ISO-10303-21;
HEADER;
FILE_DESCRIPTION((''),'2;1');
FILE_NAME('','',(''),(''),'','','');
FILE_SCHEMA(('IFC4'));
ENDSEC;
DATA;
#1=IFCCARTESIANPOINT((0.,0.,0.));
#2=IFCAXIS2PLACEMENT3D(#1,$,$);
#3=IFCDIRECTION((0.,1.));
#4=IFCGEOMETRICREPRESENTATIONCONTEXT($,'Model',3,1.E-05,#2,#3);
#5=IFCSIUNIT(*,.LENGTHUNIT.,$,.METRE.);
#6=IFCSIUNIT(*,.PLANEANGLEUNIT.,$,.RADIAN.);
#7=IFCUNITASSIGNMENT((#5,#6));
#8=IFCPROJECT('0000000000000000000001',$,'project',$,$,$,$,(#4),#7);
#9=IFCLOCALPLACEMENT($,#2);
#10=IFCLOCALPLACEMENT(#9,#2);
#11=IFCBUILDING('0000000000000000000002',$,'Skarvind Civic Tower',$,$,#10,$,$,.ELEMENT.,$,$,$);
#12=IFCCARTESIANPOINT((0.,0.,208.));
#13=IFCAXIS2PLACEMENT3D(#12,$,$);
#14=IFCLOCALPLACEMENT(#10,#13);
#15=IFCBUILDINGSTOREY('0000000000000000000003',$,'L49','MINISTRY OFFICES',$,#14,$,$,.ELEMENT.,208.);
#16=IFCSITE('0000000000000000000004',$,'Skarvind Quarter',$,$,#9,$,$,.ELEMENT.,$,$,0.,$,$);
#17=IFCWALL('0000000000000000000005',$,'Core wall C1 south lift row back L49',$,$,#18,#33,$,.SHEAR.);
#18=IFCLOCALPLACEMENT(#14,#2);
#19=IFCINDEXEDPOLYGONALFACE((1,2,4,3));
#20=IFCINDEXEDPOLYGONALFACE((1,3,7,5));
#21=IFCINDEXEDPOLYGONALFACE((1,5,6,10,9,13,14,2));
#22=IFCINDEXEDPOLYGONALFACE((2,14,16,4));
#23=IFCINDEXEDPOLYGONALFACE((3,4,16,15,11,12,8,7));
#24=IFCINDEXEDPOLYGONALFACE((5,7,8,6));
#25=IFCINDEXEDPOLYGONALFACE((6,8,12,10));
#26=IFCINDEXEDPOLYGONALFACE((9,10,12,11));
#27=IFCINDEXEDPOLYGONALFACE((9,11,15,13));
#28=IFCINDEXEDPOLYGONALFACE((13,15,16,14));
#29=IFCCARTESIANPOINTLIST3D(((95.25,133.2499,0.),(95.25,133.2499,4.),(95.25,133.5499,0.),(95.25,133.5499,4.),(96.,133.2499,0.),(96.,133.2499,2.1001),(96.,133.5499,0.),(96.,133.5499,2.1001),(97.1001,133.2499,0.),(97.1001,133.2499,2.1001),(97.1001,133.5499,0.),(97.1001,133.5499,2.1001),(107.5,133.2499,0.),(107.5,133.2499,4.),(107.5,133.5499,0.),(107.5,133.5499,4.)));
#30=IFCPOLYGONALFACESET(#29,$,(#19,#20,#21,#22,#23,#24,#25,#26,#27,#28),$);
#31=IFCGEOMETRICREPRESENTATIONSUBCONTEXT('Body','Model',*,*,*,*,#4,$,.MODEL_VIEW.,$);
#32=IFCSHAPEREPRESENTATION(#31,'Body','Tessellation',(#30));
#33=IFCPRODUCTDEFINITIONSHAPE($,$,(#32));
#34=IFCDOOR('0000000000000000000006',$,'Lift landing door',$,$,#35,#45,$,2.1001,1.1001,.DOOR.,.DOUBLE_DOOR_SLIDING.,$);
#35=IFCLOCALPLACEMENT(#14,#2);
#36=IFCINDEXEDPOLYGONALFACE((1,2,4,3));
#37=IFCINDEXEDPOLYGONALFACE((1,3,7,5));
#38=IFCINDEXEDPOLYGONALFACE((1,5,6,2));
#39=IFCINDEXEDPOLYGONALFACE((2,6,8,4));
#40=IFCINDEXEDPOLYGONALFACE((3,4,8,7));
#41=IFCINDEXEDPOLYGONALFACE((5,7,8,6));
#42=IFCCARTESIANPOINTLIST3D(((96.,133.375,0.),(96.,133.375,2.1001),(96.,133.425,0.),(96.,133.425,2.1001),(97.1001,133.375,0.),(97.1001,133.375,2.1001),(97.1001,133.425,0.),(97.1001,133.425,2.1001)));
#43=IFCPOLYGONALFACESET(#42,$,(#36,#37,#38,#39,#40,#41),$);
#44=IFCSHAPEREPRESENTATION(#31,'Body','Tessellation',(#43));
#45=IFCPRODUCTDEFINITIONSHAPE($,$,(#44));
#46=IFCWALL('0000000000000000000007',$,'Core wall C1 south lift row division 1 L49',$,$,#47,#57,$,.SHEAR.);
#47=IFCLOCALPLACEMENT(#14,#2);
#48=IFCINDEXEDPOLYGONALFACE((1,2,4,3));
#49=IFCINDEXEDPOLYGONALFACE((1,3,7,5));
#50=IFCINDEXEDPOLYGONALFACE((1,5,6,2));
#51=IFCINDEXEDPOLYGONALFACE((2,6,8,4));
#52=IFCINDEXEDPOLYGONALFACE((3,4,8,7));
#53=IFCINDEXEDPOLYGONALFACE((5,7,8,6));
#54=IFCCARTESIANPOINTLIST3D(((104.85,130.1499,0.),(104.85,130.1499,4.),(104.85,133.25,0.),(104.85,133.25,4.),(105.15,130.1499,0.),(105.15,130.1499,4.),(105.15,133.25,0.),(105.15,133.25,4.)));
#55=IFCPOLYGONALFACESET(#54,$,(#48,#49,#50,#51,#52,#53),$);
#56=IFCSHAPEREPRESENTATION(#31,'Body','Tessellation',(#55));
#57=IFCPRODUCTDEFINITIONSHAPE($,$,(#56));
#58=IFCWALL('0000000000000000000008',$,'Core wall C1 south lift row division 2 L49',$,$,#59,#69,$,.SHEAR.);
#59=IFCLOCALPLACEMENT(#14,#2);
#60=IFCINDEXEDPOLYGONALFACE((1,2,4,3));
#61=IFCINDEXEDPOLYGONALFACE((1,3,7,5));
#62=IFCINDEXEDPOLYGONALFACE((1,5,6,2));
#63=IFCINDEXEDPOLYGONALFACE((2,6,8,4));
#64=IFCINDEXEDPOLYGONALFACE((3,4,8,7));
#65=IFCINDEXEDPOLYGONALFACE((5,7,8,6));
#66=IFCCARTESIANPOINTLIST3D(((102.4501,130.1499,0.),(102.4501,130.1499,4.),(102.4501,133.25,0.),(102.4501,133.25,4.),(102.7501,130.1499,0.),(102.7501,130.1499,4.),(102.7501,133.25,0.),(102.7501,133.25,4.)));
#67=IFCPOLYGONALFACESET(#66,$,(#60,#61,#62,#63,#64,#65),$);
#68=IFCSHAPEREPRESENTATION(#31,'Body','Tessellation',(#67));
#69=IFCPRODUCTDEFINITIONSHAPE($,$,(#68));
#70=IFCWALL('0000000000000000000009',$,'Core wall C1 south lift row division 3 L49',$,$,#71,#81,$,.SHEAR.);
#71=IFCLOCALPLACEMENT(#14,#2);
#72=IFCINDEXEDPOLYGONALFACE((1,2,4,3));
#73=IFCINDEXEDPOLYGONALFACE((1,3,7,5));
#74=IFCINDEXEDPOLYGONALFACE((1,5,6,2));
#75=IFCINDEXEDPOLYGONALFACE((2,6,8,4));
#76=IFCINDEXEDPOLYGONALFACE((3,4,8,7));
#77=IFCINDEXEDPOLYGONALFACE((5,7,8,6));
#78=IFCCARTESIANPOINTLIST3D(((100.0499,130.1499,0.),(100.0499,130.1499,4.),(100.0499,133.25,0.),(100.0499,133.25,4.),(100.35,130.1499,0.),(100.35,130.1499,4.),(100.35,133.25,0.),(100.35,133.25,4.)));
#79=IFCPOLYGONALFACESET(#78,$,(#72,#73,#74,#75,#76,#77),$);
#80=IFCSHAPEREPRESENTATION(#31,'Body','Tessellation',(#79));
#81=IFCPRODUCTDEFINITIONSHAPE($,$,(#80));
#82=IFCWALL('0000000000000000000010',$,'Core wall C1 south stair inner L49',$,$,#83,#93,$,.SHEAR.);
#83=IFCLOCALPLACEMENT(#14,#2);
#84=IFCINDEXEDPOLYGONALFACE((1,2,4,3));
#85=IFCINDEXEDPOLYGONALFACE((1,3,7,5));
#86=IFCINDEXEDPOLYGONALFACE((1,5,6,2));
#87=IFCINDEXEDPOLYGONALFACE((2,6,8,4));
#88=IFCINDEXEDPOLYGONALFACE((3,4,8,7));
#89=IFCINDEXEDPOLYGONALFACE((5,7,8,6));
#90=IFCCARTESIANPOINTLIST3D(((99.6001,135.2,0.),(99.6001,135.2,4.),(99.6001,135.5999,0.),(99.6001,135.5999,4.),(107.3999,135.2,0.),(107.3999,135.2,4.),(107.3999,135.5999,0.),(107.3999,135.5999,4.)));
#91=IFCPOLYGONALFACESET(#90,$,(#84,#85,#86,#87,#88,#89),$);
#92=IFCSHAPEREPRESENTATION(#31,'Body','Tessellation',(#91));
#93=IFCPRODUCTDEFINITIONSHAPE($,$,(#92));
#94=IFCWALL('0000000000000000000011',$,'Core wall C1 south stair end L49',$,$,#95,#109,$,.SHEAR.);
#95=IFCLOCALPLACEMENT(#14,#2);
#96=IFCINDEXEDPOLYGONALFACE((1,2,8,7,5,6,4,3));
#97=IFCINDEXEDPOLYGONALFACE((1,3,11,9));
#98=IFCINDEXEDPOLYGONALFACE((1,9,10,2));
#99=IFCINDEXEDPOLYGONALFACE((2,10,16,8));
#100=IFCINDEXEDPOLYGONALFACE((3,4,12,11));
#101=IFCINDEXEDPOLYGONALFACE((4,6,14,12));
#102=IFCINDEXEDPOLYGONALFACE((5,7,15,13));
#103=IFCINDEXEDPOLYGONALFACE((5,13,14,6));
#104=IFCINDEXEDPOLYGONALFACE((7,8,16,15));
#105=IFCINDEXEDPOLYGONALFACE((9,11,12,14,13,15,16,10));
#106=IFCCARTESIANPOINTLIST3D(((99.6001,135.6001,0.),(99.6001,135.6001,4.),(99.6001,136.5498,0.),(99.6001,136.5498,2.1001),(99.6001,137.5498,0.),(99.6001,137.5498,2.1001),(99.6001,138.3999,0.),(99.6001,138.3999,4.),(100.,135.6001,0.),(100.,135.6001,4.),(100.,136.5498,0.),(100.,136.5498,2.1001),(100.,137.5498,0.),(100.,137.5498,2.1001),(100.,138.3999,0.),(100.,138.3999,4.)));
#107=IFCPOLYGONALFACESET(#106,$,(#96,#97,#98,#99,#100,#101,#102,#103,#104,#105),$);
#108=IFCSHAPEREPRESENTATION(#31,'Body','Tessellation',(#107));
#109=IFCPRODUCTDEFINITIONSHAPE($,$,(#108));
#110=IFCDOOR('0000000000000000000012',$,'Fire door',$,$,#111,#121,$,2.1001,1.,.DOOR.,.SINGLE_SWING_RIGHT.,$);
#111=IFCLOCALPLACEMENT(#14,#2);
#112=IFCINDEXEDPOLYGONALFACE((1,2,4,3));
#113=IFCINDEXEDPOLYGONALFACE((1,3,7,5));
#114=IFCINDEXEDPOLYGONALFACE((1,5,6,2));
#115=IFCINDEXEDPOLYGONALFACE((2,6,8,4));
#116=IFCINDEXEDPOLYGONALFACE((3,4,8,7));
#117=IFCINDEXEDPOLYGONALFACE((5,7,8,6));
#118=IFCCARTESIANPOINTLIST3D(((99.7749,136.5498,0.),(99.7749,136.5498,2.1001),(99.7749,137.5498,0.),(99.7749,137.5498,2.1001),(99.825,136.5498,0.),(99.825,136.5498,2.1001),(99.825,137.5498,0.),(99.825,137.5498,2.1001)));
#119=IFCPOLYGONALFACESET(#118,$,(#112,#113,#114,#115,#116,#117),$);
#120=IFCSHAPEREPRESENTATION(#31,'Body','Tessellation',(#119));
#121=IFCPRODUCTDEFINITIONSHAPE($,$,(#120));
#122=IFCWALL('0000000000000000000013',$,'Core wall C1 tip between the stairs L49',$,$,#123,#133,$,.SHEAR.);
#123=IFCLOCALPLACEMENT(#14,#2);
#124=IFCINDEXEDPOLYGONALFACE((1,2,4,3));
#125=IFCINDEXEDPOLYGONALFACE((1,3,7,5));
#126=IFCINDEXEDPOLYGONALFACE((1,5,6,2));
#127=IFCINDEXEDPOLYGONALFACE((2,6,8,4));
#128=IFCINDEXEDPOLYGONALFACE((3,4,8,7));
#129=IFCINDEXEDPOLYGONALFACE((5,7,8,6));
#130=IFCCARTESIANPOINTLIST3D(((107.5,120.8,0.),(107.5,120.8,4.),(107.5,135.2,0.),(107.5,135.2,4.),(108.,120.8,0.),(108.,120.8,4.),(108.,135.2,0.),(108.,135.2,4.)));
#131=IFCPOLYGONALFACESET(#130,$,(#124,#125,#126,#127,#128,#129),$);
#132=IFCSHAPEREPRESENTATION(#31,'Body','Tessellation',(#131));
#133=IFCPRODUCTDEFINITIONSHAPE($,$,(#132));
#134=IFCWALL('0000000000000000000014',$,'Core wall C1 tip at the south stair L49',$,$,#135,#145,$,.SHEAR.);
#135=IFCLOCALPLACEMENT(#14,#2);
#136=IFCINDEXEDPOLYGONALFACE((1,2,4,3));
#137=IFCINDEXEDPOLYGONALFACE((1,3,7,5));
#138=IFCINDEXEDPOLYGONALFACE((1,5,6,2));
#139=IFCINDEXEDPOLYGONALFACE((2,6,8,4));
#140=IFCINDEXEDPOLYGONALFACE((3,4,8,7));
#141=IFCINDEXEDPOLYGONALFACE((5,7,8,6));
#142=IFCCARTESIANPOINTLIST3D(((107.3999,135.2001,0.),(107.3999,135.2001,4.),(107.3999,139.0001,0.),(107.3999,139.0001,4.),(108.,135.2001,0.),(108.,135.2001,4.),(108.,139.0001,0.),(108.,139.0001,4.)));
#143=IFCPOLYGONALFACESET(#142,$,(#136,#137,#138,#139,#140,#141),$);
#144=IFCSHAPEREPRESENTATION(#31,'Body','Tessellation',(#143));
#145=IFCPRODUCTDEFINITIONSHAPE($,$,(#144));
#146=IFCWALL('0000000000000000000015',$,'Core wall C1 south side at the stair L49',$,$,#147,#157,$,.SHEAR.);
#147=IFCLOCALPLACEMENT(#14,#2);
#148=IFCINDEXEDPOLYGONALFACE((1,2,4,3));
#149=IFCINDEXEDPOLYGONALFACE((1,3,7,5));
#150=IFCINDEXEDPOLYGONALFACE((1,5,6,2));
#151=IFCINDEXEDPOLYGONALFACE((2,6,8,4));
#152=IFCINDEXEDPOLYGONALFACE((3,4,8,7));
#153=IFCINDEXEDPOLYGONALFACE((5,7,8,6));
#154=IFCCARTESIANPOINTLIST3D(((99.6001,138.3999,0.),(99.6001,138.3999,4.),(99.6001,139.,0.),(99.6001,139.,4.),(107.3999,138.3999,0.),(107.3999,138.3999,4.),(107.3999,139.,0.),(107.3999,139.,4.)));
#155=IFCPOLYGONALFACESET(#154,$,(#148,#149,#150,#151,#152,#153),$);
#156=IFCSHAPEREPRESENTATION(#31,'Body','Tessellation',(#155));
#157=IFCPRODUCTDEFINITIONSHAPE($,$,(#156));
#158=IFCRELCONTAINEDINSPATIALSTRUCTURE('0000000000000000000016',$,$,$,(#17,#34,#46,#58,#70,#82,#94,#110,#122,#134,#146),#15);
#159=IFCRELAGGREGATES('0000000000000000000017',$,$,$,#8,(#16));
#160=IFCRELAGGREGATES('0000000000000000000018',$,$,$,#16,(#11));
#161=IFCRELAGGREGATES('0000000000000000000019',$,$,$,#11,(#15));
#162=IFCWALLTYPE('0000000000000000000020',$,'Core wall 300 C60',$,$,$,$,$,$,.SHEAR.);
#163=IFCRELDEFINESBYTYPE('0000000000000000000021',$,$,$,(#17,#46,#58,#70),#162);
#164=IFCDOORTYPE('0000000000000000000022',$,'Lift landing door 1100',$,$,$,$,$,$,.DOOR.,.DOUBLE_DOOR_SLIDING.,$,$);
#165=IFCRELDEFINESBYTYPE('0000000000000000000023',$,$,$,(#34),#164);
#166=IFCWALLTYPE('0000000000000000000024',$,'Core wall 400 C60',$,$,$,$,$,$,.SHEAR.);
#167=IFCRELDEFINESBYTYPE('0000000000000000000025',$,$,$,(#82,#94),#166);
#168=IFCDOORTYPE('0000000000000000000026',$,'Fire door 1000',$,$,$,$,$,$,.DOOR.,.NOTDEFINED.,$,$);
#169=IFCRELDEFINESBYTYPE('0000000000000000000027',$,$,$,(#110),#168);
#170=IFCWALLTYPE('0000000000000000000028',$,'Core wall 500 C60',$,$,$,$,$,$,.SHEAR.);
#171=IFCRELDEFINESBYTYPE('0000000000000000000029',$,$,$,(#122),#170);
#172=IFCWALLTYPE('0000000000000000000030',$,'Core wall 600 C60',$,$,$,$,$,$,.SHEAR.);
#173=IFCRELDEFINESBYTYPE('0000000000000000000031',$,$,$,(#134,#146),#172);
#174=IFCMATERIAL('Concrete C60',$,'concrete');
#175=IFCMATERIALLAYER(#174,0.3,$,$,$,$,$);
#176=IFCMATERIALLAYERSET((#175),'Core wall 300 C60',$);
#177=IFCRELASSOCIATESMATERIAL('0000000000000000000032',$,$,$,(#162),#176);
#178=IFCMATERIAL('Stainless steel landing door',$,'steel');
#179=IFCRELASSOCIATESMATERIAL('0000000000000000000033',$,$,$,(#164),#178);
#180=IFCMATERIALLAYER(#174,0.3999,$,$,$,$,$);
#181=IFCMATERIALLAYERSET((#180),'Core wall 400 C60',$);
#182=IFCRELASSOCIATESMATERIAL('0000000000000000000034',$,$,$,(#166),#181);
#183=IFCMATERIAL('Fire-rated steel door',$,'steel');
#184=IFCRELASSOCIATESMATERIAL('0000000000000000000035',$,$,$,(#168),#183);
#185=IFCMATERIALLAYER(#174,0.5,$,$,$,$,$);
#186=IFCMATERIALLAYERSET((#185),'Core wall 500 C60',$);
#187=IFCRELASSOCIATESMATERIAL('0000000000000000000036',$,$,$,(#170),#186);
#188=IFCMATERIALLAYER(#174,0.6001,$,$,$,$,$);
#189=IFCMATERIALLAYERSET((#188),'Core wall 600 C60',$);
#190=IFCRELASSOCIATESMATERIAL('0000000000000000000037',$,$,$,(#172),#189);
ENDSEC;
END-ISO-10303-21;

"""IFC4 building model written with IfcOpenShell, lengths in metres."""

from ifc_helpers import new_model, si_unit, direction, frame, frame_2d, origin, place, context, subcontext, project, spatial, rectangle, extrude, material, layer, layer_set, type_object, element, fill, save


model = new_model("IFC4")

# Units and contexts
model_context = context("Model", 3, precision=1e-05, world=origin(), true_north=direction((0.0, 1.0)))
body_context = subcontext(model_context, "Body", "Model", "MODEL_VIEW")
ifc_project = project(units=[si_unit("LENGTHUNIT", "METRE"), si_unit("PLANEANGLEUNIT", "RADIAN")], contexts=[model_context])

# Site, building, storey
site_placement = place(None, origin())
site = spatial("IfcSite", under=ifc_project, at=site_placement, Name="Skarvind Quarter", CompositionType="ELEMENT", RefElevation=0.0)
building_placement = place(site_placement, origin())
building = spatial("IfcBuilding", under=site, at=building_placement, Name="Skarvind Civic Tower", CompositionType="ELEMENT")
storey_placement = place(building_placement, frame((0.0, 0.0, 208.0)))
storey = spatial("IfcBuildingStorey", under=building, at=storey_placement, Name="L49", Description="MINISTRY OFFICES", CompositionType="ELEMENT", Elevation=208.0)

# Wall, opening, door
ifc_material_1 = material(Name="Concrete C60", Category="concrete")
ifc_layer_1 = layer(ifc_material_1, 0.3)
ifc_layer_set_1 = layer_set([ifc_layer_1], Name="Core wall 300 C60")
wall_type_1 = type_object("IfcWallType", Name="Core wall 300 C60", PredefinedType="SHEAR", material=ifc_layer_set_1)
wall_1_placement = place(storey_placement, frame((107.5, 133.3999, 0.0), z_axis=(0.0, 0.0, 1.0), x_axis=(-1.0, 0.0, 0.0)))
wall_1 = element("IfcWall", 1, at=wall_1_placement, inside=storey, type_object=wall_type_1, Name="Core wall C1 south lift row back L49", PredefinedType="SHEAR", context=body_context, shape_type="SweptSolid", body=[
    extrude(rectangle(XDim=12.25, YDim=0.3, at=frame_2d((6.125, 0.0))), origin(), (0.0, 0.0, 1.0), 4.0),
])
opening_1_placement = place(wall_1_placement, frame((10.3999, 0.0, 0.0)))
opening_1 = element("IfcOpeningElement", 2, at=opening_1_placement, cuts=wall_1, PredefinedType="OPENING", context=body_context, shape_type="SweptSolid", body=[
    extrude(rectangle(XDim=1.1001, YDim=2.1001, at=frame_2d((0.55, 1.05))), frame((0.0, 0.1599, 0.0), z_axis=(0.0, -1.0, 0.0), x_axis=(1.0, 0.0, 0.0)), (0.0, 0.0, 1.0), 0.3201),
])
ifc_material_2 = material(Name="Stainless steel landing door", Category="steel")
door_type_1 = type_object("IfcDoorType", Name="Lift landing door 1100", OperationType="DOUBLE_DOOR_SLIDING", PredefinedType="DOOR", material=ifc_material_2)
door_1_placement = place(opening_1_placement, origin())
door_1 = element("IfcDoor", 3, at=door_1_placement, inside=storey, type_object=door_type_1, Name="Lift landing door", OperationType="DOUBLE_DOOR_SLIDING", OverallHeight=2.1001, OverallWidth=1.1001, PredefinedType="DOOR", context=body_context, shape_type="SweptSolid", body=[
    extrude(rectangle(XDim=1.1001, YDim=2.1001, at=frame_2d((0.55, 1.05))), frame((0.0, 0.0249, 0.0), z_axis=(0.0, -1.0, 0.0), x_axis=(1.0, 0.0, 0.0)), (0.0, 0.0, 1.0), 0.05),
])
fill(opening_1, door_1)

# Walls
for number, where, z_axis, x_axis, name in (
    (4, (105.0, 133.25, 0.0), (0.0, 0.0, 1.0), (0.0, -1.0, 0.0), "Core wall C1 south lift row division 1 L49"),
    (5, (102.6001, 133.25, 0.0), (0.0, 0.0, 1.0), (0.0, -1.0, 0.0), "Core wall C1 south lift row division 2 L49"),
    (6, (100.2, 133.25, 0.0), (0.0, 0.0, 1.0), (0.0, -1.0, 0.0), "Core wall C1 south lift row division 3 L49"),
):
    element("IfcWall", number, at=place(storey_placement, frame(where, z_axis=z_axis, x_axis=x_axis)), inside=storey, type_object=wall_type_1, Name=name, PredefinedType="SHEAR", context=body_context, shape_type="SweptSolid", body=[
        extrude(rectangle(XDim=3.1001, YDim=0.3, at=frame_2d((1.55, 0.0))), origin(), (0.0, 0.0, 1.0), 4.0),
    ])
ifc_layer_2 = layer(ifc_material_1, 0.3999)
ifc_layer_set_2 = layer_set([ifc_layer_2], Name="Core wall 400 C60")
wall_type_2 = type_object("IfcWallType", Name="Core wall 400 C60", PredefinedType="SHEAR", material=ifc_layer_set_2)
wall_2_placement = place(storey_placement, frame((107.3999, 135.3999, 0.0), z_axis=(0.0, 0.0, 1.0), x_axis=(-1.0, 0.0, 0.0)))
element("IfcWall", 7, at=wall_2_placement, inside=storey, type_object=wall_type_2, Name="Core wall C1 south stair inner L49", PredefinedType="SHEAR", context=body_context, shape_type="SweptSolid", body=[
    extrude(rectangle(XDim=7.7998, YDim=0.3999, at=frame_2d((3.8999, 0.0))), origin(), (0.0, 0.0, 1.0), 4.0),
])

# Wall, opening, door
wall_3_placement = place(storey_placement, frame((99.8, 138.3999, 0.0), z_axis=(0.0, 0.0, 1.0), x_axis=(0.0, -1.0, 0.0)))
wall_3 = element("IfcWall", 8, at=wall_3_placement, inside=storey, type_object=wall_type_2, Name="Core wall C1 south stair end L49", PredefinedType="SHEAR", context=body_context, shape_type="SweptSolid", body=[
    extrude(rectangle(XDim=2.7998, YDim=0.3999, at=frame_2d((1.3999, 0.0))), origin(), (0.0, 0.0, 1.0), 4.0),
])
opening_2_placement = place(wall_3_placement, frame((0.8501, 0.0, 0.0)))
opening_2 = element("IfcOpeningElement", 9, at=opening_2_placement, cuts=wall_3, PredefinedType="OPENING", context=body_context, shape_type="SweptSolid", body=[
    extrude(rectangle(XDim=1.0, YDim=2.1001, at=frame_2d((0.5, 1.05))), frame((0.0, 0.21, 0.0), z_axis=(0.0, -1.0, 0.0), x_axis=(1.0, 0.0, 0.0)), (0.0, 0.0, 1.0), 0.4199),
])
ifc_material_3 = material(Name="Fire-rated steel door", Category="steel")
door_type_2 = type_object("IfcDoorType", Name="Fire door 1000", OperationType="NOTDEFINED", PredefinedType="DOOR", material=ifc_material_3)
door_2_placement = place(opening_2_placement, origin())
door_2 = element("IfcDoor", 10, at=door_2_placement, inside=storey, type_object=door_type_2, Name="Fire door", OperationType="SINGLE_SWING_RIGHT", OverallHeight=2.1001, OverallWidth=1.0, PredefinedType="DOOR", context=body_context, shape_type="SweptSolid", body=[
    extrude(rectangle(XDim=1.0, YDim=2.1001, at=frame_2d((0.5, 1.05))), frame((0.0, 0.0249, 0.0), z_axis=(0.0, -1.0, 0.0), x_axis=(1.0, 0.0, 0.0)), (0.0, 0.0, 1.0), 0.05),
])
fill(opening_2, door_2)

# Walls
ifc_layer_3 = layer(ifc_material_1, 0.5)
ifc_layer_set_3 = layer_set([ifc_layer_3], Name="Core wall 500 C60")
wall_type_3 = type_object("IfcWallType", Name="Core wall 500 C60", PredefinedType="SHEAR", material=ifc_layer_set_3)
wall_4_placement = place(storey_placement, frame((107.75, 135.2, 0.0), z_axis=(0.0, 0.0, 1.0), x_axis=(0.0, -1.0, 0.0)))
element("IfcWall", 11, at=wall_4_placement, inside=storey, type_object=wall_type_3, Name="Core wall C1 tip between the stairs L49", PredefinedType="SHEAR", context=body_context, shape_type="SweptSolid", body=[
    extrude(rectangle(XDim=14.3999, YDim=0.5, at=frame_2d((7.2, 0.0))), origin(), (0.0, 0.0, 1.0), 4.0),
])
ifc_layer_4 = layer(ifc_material_1, 0.6001)
ifc_layer_set_4 = layer_set([ifc_layer_4], Name="Core wall 600 C60")
wall_type_4 = type_object("IfcWallType", Name="Core wall 600 C60", PredefinedType="SHEAR", material=ifc_layer_set_4)
wall_5_placement = place(storey_placement, frame((107.7, 139.0, 0.0), z_axis=(0.0, 0.0, 1.0), x_axis=(0.0, -1.0, 0.0)))
element("IfcWall", 12, at=wall_5_placement, inside=storey, type_object=wall_type_4, Name="Core wall C1 tip at the south stair L49", PredefinedType="SHEAR", context=body_context, shape_type="SweptSolid", body=[
    extrude(rectangle(XDim=3.8, YDim=0.6001, at=frame_2d((1.8999, 0.0))), origin(), (0.0, 0.0, 1.0), 4.0),
])
wall_6_placement = place(storey_placement, frame((107.3999, 138.7, 0.0), z_axis=(0.0, 0.0, 1.0), x_axis=(-1.0, 0.0, 0.0)))
element("IfcWall", 13, at=wall_6_placement, inside=storey, type_object=wall_type_4, Name="Core wall C1 south side at the stair L49", PredefinedType="SHEAR", context=body_context, shape_type="SweptSolid", body=[
    extrude(rectangle(XDim=7.7998, YDim=0.6001, at=frame_2d((3.8999, 0.0))), origin(), (0.0, 0.0, 1.0), 4.0),
])

save(model, "model.ifc")
